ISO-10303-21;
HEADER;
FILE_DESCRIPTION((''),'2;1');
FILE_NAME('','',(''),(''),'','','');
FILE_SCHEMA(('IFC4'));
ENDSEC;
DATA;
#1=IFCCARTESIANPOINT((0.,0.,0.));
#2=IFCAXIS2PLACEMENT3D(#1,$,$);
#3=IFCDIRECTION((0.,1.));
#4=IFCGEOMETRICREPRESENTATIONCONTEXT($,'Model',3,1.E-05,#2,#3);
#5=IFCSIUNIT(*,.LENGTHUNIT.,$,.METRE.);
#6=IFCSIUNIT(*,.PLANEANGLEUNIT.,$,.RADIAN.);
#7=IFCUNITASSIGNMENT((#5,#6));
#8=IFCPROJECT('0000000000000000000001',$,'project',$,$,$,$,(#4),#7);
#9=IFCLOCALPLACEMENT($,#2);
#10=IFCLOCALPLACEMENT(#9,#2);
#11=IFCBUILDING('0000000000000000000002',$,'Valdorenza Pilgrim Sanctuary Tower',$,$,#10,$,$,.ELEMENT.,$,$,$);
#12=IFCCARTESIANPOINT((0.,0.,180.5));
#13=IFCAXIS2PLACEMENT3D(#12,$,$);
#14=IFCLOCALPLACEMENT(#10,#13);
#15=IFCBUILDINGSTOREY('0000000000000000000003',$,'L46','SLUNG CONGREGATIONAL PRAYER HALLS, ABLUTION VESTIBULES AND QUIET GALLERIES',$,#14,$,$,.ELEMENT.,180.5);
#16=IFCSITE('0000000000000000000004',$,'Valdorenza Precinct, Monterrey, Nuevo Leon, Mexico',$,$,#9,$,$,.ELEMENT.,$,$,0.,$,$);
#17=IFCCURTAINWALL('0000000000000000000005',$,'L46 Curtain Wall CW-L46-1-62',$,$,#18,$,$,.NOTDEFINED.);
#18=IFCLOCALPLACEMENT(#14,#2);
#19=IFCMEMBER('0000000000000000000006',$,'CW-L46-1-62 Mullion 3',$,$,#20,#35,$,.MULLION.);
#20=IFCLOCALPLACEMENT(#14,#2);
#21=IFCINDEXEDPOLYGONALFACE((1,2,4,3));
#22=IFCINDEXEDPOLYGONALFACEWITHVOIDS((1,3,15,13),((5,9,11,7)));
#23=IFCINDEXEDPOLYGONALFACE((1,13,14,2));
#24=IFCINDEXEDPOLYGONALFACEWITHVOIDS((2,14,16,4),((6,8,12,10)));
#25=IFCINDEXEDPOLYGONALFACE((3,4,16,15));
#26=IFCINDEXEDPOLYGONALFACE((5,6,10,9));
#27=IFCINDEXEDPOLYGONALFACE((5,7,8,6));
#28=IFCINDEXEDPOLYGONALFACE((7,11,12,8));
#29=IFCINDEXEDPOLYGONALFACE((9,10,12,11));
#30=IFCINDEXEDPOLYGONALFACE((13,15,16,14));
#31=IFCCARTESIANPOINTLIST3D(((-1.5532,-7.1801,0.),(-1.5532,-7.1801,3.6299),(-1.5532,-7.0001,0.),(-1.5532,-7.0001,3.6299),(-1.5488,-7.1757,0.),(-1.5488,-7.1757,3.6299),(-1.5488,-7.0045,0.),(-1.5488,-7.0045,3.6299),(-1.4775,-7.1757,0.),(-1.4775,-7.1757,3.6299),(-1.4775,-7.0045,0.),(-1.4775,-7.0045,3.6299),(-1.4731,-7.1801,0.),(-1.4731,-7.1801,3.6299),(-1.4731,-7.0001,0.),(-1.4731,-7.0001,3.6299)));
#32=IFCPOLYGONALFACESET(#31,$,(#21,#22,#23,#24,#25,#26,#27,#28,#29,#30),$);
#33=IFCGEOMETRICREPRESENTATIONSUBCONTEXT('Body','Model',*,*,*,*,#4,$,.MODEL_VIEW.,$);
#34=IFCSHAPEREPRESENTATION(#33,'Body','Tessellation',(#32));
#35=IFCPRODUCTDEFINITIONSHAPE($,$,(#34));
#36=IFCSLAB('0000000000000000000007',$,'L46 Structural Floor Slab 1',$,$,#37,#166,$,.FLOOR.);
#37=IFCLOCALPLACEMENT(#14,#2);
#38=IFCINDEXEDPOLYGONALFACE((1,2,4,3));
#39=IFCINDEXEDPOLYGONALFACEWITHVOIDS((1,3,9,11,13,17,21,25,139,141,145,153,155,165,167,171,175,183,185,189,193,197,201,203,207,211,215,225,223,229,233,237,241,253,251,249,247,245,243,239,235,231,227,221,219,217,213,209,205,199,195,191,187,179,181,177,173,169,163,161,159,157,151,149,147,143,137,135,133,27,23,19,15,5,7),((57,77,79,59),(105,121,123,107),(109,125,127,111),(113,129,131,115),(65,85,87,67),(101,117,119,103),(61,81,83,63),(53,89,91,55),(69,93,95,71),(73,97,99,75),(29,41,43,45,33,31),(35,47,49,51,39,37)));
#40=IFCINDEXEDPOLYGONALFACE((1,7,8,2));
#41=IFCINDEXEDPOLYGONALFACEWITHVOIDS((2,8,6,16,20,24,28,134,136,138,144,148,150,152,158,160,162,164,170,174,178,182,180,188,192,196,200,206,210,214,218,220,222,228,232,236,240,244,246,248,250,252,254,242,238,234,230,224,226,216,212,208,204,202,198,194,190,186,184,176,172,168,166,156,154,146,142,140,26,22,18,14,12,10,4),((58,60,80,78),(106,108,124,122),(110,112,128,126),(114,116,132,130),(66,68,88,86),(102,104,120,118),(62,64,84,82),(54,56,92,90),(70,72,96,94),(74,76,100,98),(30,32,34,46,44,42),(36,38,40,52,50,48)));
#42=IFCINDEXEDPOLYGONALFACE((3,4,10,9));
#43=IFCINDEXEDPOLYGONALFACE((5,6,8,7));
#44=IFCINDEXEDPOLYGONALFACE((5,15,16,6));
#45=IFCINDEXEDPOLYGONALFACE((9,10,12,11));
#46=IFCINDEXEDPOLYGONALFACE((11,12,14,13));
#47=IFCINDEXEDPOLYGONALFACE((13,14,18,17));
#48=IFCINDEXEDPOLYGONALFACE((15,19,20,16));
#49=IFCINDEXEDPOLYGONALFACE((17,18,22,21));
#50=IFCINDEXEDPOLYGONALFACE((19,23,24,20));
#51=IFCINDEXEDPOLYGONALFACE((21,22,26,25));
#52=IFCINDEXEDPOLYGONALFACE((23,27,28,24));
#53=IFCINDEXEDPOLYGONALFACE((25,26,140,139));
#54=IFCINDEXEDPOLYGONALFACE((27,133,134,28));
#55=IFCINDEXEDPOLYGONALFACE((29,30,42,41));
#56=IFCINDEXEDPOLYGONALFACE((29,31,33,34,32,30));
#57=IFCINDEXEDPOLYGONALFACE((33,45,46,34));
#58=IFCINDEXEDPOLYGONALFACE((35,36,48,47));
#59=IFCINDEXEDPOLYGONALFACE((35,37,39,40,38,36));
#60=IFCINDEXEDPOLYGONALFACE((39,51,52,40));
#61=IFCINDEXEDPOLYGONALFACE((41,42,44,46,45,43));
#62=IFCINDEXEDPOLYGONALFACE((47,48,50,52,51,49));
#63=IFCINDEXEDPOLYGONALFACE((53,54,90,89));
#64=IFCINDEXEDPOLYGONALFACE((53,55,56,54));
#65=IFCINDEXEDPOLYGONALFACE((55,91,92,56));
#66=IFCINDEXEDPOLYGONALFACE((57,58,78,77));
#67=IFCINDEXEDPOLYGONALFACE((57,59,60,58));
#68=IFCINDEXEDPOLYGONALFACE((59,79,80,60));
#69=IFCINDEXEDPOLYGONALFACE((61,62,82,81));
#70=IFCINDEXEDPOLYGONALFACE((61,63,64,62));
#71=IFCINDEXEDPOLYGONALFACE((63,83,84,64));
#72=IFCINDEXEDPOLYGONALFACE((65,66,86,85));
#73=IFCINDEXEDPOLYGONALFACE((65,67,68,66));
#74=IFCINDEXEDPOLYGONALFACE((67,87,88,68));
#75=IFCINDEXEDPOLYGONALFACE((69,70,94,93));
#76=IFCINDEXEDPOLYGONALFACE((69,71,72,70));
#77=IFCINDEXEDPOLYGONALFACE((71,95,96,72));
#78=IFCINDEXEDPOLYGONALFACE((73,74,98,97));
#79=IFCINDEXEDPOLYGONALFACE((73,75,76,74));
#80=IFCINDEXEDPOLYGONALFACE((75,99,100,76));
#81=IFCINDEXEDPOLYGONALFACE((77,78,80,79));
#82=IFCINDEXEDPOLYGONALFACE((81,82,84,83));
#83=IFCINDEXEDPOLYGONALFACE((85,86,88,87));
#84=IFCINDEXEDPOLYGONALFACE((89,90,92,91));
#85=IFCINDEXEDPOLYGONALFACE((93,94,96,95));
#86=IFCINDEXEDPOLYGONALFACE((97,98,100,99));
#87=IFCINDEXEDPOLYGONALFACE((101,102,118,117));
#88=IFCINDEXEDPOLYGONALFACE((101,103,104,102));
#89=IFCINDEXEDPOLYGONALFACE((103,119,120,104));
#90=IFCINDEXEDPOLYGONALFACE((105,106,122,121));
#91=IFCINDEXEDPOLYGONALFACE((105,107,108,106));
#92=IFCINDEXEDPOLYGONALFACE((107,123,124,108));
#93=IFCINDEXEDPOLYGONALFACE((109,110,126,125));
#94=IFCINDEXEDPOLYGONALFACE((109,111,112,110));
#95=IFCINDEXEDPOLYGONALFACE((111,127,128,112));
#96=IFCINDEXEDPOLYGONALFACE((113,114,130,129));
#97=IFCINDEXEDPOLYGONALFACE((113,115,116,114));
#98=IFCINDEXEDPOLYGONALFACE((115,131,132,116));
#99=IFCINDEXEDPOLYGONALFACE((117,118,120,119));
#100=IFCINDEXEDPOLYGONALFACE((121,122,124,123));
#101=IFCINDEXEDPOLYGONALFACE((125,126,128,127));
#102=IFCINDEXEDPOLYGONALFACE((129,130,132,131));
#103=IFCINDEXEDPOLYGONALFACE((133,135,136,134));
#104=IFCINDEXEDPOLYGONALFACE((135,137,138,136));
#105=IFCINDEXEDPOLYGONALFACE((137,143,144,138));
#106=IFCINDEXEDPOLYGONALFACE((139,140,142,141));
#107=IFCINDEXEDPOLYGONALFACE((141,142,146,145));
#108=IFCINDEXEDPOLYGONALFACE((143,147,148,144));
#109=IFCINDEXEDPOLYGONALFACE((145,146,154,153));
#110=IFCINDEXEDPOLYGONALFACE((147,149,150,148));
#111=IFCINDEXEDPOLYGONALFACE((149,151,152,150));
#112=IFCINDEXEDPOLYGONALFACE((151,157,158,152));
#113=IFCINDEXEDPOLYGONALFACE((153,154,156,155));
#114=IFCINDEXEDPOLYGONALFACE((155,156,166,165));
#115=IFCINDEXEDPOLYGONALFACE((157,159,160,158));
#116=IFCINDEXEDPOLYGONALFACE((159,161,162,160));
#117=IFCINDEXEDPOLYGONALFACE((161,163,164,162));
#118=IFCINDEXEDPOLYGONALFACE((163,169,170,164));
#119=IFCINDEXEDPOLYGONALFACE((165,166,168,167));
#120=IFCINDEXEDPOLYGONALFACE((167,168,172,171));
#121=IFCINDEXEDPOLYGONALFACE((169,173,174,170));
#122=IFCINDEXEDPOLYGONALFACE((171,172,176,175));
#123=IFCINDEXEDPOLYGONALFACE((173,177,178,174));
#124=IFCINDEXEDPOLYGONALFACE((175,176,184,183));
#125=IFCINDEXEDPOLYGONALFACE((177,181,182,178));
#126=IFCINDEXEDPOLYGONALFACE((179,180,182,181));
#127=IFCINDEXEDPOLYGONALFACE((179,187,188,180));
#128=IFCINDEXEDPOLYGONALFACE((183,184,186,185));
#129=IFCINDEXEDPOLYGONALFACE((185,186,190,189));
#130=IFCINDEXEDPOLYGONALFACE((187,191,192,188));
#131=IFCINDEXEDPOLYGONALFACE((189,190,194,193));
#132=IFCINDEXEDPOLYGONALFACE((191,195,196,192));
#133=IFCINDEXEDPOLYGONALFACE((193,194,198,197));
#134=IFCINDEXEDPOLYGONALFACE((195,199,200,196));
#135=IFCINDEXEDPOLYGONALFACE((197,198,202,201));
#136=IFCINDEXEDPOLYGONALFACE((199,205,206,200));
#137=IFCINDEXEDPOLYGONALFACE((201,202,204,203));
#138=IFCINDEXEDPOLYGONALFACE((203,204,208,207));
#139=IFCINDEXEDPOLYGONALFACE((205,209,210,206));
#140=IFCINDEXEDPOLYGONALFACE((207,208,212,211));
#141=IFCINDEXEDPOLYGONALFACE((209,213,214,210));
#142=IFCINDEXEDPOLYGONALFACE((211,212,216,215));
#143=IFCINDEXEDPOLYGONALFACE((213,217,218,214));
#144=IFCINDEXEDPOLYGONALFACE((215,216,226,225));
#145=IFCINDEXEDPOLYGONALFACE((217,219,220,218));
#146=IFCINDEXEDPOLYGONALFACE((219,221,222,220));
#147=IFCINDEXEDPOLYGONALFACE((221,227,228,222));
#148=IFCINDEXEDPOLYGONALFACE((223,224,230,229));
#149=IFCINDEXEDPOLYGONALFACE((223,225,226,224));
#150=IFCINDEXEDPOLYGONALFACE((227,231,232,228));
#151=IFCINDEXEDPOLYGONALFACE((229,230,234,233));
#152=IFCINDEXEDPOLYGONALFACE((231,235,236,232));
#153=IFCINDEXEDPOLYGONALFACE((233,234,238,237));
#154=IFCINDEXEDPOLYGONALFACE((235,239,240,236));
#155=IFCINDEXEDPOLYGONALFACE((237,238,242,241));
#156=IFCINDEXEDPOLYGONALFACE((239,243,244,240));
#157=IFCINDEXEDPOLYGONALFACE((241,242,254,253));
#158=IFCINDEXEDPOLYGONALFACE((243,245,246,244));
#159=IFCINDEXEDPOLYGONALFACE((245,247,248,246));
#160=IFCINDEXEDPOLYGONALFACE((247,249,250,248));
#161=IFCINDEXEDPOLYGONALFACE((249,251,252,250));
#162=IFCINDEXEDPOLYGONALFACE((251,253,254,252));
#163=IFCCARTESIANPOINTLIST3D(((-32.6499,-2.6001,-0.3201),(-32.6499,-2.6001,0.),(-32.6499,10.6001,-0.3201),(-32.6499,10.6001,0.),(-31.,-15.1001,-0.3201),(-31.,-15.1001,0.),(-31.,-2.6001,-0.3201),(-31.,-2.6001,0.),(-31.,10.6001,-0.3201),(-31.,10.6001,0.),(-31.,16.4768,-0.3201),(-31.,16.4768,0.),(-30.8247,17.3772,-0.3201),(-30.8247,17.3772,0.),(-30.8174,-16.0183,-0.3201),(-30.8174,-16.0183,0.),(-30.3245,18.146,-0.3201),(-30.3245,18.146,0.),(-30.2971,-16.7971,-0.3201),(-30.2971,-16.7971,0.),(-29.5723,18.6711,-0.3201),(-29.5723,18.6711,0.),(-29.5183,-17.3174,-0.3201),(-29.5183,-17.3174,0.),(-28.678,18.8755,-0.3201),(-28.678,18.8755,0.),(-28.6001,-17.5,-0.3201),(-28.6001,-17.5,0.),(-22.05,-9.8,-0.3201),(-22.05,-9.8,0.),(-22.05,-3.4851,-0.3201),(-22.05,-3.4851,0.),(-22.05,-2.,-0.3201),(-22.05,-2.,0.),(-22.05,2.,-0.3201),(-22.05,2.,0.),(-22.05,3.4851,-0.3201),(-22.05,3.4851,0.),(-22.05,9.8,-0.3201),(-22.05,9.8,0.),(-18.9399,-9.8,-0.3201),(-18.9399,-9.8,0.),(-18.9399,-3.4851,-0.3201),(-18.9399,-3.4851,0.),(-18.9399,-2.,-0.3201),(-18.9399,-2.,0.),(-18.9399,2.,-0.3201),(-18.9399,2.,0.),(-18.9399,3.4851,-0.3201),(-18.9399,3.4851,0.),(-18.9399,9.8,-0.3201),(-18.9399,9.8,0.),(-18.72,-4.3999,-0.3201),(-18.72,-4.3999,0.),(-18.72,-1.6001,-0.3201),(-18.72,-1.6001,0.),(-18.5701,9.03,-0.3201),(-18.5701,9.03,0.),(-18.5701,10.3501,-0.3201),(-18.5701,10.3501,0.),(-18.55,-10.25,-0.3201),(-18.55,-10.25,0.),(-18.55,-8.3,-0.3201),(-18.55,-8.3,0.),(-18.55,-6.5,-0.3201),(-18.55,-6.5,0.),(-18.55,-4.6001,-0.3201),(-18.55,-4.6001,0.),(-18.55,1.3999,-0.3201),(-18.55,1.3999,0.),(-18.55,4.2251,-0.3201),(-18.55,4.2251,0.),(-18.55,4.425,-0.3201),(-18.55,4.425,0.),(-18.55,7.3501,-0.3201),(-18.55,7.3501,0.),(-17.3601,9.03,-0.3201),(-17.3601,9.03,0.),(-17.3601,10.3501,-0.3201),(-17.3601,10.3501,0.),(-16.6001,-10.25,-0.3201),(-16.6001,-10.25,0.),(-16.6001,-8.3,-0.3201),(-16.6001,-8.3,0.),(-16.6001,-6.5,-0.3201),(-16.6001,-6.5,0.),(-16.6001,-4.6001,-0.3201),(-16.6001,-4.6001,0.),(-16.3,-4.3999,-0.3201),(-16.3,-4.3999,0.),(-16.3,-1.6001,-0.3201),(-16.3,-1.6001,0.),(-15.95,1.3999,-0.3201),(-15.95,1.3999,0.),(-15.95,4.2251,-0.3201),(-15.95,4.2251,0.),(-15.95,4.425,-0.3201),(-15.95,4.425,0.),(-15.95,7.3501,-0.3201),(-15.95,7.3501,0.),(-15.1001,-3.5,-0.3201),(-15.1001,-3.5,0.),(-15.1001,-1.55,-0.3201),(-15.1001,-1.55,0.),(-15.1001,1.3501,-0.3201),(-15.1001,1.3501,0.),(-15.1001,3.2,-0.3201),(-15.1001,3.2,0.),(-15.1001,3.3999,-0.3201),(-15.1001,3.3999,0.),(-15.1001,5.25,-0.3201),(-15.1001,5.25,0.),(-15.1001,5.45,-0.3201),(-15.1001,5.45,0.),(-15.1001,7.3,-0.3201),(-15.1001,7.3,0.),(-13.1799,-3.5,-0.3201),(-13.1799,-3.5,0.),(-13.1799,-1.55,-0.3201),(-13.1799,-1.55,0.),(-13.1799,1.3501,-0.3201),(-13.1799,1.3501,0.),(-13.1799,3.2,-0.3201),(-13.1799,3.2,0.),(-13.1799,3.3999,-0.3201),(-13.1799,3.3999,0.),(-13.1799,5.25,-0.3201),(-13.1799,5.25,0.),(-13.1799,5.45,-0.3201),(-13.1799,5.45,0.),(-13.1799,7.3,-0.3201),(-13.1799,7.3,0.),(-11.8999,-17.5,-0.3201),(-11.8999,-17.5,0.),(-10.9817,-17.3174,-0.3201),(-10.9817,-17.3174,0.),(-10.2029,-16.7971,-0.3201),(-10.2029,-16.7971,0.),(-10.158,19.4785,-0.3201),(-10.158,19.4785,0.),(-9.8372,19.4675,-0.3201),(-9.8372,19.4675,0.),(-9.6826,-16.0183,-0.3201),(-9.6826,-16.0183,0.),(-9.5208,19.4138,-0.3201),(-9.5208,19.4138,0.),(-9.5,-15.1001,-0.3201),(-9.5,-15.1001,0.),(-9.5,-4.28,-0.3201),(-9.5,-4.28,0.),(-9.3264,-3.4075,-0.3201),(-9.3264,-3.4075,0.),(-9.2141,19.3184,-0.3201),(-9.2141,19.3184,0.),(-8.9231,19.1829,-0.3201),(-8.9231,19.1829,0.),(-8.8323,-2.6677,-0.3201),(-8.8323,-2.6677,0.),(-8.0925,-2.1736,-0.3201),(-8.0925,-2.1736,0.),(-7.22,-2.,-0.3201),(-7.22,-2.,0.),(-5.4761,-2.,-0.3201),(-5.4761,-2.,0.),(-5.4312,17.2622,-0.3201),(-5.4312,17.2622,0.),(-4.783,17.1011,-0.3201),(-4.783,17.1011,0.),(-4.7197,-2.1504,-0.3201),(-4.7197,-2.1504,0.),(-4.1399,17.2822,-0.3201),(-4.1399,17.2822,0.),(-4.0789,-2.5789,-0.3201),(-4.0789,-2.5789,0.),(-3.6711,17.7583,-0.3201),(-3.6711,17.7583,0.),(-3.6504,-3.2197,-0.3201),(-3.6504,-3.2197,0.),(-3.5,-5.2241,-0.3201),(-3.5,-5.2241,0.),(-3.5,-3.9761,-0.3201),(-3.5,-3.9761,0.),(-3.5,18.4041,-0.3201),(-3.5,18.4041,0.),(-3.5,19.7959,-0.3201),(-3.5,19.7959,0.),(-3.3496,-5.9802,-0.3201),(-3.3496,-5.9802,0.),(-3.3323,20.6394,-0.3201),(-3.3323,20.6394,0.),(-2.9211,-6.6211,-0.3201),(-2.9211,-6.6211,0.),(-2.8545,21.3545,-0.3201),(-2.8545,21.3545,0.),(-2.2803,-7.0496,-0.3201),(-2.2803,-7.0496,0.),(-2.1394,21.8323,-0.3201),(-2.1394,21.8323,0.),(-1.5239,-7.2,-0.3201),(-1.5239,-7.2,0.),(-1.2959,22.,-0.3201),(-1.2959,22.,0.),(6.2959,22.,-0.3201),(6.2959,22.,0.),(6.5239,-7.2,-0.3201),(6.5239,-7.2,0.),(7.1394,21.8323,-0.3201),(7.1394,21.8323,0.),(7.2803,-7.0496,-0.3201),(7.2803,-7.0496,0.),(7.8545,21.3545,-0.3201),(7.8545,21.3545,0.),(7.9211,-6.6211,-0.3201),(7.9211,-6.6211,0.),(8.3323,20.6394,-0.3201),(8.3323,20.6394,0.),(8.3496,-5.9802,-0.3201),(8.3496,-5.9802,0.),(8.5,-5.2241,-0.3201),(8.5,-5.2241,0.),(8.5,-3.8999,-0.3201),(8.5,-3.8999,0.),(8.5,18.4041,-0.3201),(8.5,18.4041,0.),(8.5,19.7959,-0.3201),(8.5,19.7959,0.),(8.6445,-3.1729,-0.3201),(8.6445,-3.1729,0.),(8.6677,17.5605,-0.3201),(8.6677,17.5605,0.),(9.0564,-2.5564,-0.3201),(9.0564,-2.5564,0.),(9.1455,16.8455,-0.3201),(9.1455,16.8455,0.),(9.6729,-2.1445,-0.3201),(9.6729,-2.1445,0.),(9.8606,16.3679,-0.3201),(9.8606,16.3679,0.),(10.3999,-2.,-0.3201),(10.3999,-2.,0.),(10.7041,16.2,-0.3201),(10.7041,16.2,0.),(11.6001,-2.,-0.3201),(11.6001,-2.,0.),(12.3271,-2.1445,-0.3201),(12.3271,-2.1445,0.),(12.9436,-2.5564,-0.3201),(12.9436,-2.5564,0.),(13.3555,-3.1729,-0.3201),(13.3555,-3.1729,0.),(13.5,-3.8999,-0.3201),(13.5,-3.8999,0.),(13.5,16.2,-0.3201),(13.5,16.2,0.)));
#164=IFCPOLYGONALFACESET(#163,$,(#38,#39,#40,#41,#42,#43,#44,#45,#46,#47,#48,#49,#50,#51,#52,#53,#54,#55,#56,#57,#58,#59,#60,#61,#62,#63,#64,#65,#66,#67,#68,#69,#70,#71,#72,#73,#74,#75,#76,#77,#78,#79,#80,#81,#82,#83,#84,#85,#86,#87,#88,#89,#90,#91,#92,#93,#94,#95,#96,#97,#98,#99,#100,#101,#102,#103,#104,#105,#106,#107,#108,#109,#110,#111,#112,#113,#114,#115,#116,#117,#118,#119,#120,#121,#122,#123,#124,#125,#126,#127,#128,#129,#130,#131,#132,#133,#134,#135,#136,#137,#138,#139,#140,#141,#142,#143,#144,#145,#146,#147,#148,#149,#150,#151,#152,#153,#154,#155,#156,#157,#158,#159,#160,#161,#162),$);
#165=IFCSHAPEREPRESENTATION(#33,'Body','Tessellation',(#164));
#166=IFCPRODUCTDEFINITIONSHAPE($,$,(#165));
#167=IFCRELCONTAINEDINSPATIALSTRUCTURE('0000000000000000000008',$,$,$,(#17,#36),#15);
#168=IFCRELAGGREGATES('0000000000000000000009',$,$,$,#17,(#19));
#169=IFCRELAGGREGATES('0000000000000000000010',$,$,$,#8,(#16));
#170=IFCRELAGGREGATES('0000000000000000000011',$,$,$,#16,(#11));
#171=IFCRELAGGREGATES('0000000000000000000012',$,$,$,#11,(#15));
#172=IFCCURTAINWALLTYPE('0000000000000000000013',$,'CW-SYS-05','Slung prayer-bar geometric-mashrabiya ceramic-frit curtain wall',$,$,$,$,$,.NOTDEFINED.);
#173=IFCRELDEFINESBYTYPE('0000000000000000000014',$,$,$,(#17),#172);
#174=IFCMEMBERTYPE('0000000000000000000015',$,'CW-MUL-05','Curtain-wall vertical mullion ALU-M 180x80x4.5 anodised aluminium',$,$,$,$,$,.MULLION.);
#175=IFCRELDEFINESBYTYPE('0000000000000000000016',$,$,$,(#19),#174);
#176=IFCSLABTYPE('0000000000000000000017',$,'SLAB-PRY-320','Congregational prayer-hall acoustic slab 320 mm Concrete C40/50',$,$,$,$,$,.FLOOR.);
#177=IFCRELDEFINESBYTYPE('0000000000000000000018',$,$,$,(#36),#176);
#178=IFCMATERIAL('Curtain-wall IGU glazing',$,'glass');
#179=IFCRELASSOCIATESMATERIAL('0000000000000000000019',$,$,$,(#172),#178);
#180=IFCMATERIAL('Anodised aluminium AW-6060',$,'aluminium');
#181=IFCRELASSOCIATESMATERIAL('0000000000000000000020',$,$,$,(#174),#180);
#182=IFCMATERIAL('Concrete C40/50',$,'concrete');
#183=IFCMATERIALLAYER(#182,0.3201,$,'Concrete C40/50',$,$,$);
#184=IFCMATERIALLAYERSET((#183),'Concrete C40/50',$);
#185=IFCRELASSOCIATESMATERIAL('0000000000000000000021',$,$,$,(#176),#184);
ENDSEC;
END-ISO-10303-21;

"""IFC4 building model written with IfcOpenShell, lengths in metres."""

from ifc_helpers import new_model, si_unit, direction, frame, origin, origin_2d, place, context, subcontext, project, spatial, polyline, hollow_rectangle, outline, extrude, source, transform, mapped, material, layer, layer_set, material_profile, profile_set, type_object, element, aggregate, save


model = new_model("IFC4")

# Units and contexts
model_context = context("Model", 3, precision=1e-05, world=origin(), true_north=direction((0.0, 1.0)))
body_context = subcontext(model_context, "Body", "Model", "MODEL_VIEW")
ifc_project = project(units=[si_unit("LENGTHUNIT", "METRE"), si_unit("PLANEANGLEUNIT", "RADIAN")], contexts=[model_context])

# Site, building, storey
site_placement = place(None, origin())
site = spatial("IfcSite", under=ifc_project, at=site_placement, Name="Valdorenza Precinct, Monterrey, Nuevo Leon, Mexico", CompositionType="ELEMENT", RefElevation=0.0)
building_placement = place(site_placement, origin())
building = spatial("IfcBuilding", under=site, at=building_placement, Name="Valdorenza Pilgrim Sanctuary Tower", CompositionType="ELEMENT")
storey_placement = place(building_placement, frame((0.0, 0.0, 180.5)))
storey = spatial("IfcBuildingStorey", under=building, at=storey_placement, Name="L46", Description="SLUNG CONGREGATIONAL PRAYER HALLS, ABLUTION VESTIBULES AND QUIET GALLERIES", CompositionType="ELEMENT", Elevation=180.5)

# Curtain wall, member
ifc_material_1 = material(Name="Curtain-wall IGU glazing", Category="glass")
curtain_wall_type = type_object("IfcCurtainWallType", Name="CW-SYS-05", Description="Slung prayer-bar geometric-mashrabiya ceramic-frit curtain wall", PredefinedType="NOTDEFINED", material=ifc_material_1)
curtain_wall_placement = place(storey_placement, origin())
curtain_wall = element("IfcCurtainWall", 1, at=curtain_wall_placement, inside=storey, type_object=curtain_wall_type, Name="L46 Curtain Wall CW-L46-1-62", PredefinedType="NOTDEFINED")
ifc_material_2 = material(Name="Anodised aluminium AW-6060", Category="aluminium")
ifc_material_profile = material_profile(ifc_material_2, hollow_rectangle(XDim=0.0801, YDim=0.1799, WallThickness=0.0044, at=origin_2d()), Name="ALU-M 180x80x4.5")
ifc_profile_set = profile_set([ifc_material_profile], Name="Anodised aluminium AW-6060")
member_type = type_object("IfcMemberType", Name="CW-MUL-05", Description="Curtain-wall vertical mullion ALU-M 180x80x4.5 anodised aluminium", PredefinedType="MULLION", material=ifc_profile_set)
shared_shape = source(origin(), body_context, "Body", "SweptSolid", [
    extrude(hollow_rectangle(XDim=0.0801, YDim=0.1799, WallThickness=0.0044, at=origin_2d()), origin(), (0.0, 0.0, 1.0), 3.6299),
])
member_placement = place(storey_placement, frame((-1.5132, -7.0901, 0.0), z_axis=(0.0, 0.0, 1.0), x_axis=(-1.0, 0.0, 0.0)))
member = element("IfcMember", 2, at=member_placement, type_object=member_type, Name="CW-L46-1-62 Mullion 3", PredefinedType="MULLION", context=body_context, shape_type="MappedRepresentation", body=[
    mapped(shared_shape, transform((0.0, 0.0, 0.0), x_axis=(1.0, 0.0, 0.0), y_axis=(0.0, 1.0, 0.0), z_axis=(0.0, 0.0, 1.0), scale=1.0)),
])
aggregate(curtain_wall, [member])

# Slab
ifc_material_3 = material(Name="Concrete C40/50", Category="concrete")
ifc_layer_1 = layer(ifc_material_3, 0.3201, Name="Concrete C40/50")
ifc_layer_set_1 = layer_set([ifc_layer_1], Name="Concrete C40/50")
slab_type_1 = type_object("IfcSlabType", Name="SLAB-PRY-320", Description="Congregational prayer-hall acoustic slab 320 mm Concrete C40/50", PredefinedType="FLOOR", material=ifc_layer_set_1)
slab_1_placement = place(storey_placement, frame((0.0, 0.0, -0.3201)))
element("IfcSlab", 3, at=slab_1_placement, inside=storey, type_object=slab_type_1, Name="L46 Structural Floor Slab 1", PredefinedType="FLOOR", context=body_context, shape_type="SweptSolid", body=[
    extrude(outline(polyline([(-30.3245, 18.146), (-29.5723, 18.6711), (-28.678, 18.8755), (-10.158, 19.4785), (-9.8372, 19.4675), (-9.5208, 19.4138), (-9.2141, 19.3184), (-8.9231, 19.1829), (-5.4312, 17.2622), (-4.783, 17.1011), (-4.1399, 17.2822), (-3.6711, 17.7583), (-3.5, 18.4041), (-3.5, 19.7959), (-3.3323, 20.6394), (-2.8545, 21.3545), (-2.1394, 21.8323), (-1.2959, 22.0), (6.2959, 22.0), (7.1394, 21.8323), (7.8545, 21.3545), (8.3323, 20.6394), (8.5, 19.7959), (8.5, 18.4041), (8.6677, 17.5605), (9.1455, 16.8455), (9.8606, 16.3679), (10.7041, 16.2), (13.5, 16.2), (13.5, -3.8999), (13.3555, -3.1729), (12.9436, -2.5564), (12.3271, -2.1445), (11.6001, -2.0), (10.3999, -2.0), (9.6729, -2.1445), (9.0564, -2.5564), (8.6445, -3.1729), (8.5, -3.8999), (8.5, -5.2241), (8.3496, -5.9802), (7.9211, -6.6211), (7.2803, -7.0496), (6.5239, -7.2), (-1.5239, -7.2), (-2.2803, -7.0496), (-2.9211, -6.6211), (-3.3496, -5.9802), (-3.5, -5.2241), (-3.5, -3.9761), (-3.6504, -3.2197), (-4.0789, -2.5789), (-4.7197, -2.1504), (-5.4761, -2.0), (-7.22, -2.0), (-8.0925, -2.1736), (-8.8323, -2.6677), (-9.3264, -3.4075), (-9.5, -4.28), (-9.5, -15.1001), (-9.6826, -16.0183), (-10.2029, -16.7971), (-10.9817, -17.3174), (-11.8999, -17.5), (-28.6001, -17.5), (-29.5183, -17.3174), (-30.2971, -16.7971), (-30.8174, -16.0183), (-31.0, -15.1001), (-31.0, -2.6001), (-32.6499, -2.6001), (-32.6499, 10.6001), (-31.0, 10.6001), (-31.0, 16.4768), (-30.8247, 17.3772), (-30.3245, 18.146)]), holes=[polyline([(-16.6001, -10.25), (-16.6001, -8.3), (-18.55, -8.3), (-18.55, -10.25), (-16.6001, -10.25)]), polyline([(-22.05, -9.8), (-18.9399, -9.8), (-18.9399, -3.4851), (-18.9399, -2.0), (-22.05, -2.0), (-22.05, -3.4851), (-22.05, -9.8)]), polyline([(-16.6001, -6.5), (-16.6001, -4.6001), (-18.55, -4.6001), (-18.55, -6.5), (-16.6001, -6.5)]), polyline([(-18.72, -4.3999), (-16.3, -4.3999), (-16.3, -1.6001), (-18.72, -1.6001), (-18.72, -4.3999)]), polyline([(-13.1799, 1.3501), (-13.1799, 3.2), (-15.1001, 3.2), (-15.1001, 1.3501), (-13.1799, 1.3501)]), polyline([(-22.05, 2.0), (-18.9399, 2.0), (-18.9399, 3.4851), (-18.9399, 9.8), (-22.05, 9.8), (-22.05, 3.4851), (-22.05, 2.0)]), polyline([(-15.95, 1.3999), (-15.95, 4.2251), (-18.55, 4.2251), (-18.55, 1.3999), (-15.95, 1.3999)]), polyline([(-18.55, 4.425), (-15.95, 4.425), (-15.95, 7.3501), (-18.55, 7.3501), (-18.55, 4.425)]), polyline([(-17.3601, 9.03), (-17.3601, 10.3501), (-18.5701, 10.3501), (-18.5701, 9.03), (-17.3601, 9.03)]), polyline([(-13.1799, -3.5), (-13.1799, -1.55), (-15.1001, -1.55), (-15.1001, -3.5), (-13.1799, -3.5)]), polyline([(-13.1799, 3.3999), (-13.1799, 5.25), (-15.1001, 5.25), (-15.1001, 3.3999), (-13.1799, 3.3999)]), polyline([(-13.1799, 5.45), (-13.1799, 7.3), (-15.1001, 7.3), (-15.1001, 5.45), (-13.1799, 5.45)])]), origin(), (0.0, 0.0, 1.0), 0.3201),
])

save(model, "model.ifc")
